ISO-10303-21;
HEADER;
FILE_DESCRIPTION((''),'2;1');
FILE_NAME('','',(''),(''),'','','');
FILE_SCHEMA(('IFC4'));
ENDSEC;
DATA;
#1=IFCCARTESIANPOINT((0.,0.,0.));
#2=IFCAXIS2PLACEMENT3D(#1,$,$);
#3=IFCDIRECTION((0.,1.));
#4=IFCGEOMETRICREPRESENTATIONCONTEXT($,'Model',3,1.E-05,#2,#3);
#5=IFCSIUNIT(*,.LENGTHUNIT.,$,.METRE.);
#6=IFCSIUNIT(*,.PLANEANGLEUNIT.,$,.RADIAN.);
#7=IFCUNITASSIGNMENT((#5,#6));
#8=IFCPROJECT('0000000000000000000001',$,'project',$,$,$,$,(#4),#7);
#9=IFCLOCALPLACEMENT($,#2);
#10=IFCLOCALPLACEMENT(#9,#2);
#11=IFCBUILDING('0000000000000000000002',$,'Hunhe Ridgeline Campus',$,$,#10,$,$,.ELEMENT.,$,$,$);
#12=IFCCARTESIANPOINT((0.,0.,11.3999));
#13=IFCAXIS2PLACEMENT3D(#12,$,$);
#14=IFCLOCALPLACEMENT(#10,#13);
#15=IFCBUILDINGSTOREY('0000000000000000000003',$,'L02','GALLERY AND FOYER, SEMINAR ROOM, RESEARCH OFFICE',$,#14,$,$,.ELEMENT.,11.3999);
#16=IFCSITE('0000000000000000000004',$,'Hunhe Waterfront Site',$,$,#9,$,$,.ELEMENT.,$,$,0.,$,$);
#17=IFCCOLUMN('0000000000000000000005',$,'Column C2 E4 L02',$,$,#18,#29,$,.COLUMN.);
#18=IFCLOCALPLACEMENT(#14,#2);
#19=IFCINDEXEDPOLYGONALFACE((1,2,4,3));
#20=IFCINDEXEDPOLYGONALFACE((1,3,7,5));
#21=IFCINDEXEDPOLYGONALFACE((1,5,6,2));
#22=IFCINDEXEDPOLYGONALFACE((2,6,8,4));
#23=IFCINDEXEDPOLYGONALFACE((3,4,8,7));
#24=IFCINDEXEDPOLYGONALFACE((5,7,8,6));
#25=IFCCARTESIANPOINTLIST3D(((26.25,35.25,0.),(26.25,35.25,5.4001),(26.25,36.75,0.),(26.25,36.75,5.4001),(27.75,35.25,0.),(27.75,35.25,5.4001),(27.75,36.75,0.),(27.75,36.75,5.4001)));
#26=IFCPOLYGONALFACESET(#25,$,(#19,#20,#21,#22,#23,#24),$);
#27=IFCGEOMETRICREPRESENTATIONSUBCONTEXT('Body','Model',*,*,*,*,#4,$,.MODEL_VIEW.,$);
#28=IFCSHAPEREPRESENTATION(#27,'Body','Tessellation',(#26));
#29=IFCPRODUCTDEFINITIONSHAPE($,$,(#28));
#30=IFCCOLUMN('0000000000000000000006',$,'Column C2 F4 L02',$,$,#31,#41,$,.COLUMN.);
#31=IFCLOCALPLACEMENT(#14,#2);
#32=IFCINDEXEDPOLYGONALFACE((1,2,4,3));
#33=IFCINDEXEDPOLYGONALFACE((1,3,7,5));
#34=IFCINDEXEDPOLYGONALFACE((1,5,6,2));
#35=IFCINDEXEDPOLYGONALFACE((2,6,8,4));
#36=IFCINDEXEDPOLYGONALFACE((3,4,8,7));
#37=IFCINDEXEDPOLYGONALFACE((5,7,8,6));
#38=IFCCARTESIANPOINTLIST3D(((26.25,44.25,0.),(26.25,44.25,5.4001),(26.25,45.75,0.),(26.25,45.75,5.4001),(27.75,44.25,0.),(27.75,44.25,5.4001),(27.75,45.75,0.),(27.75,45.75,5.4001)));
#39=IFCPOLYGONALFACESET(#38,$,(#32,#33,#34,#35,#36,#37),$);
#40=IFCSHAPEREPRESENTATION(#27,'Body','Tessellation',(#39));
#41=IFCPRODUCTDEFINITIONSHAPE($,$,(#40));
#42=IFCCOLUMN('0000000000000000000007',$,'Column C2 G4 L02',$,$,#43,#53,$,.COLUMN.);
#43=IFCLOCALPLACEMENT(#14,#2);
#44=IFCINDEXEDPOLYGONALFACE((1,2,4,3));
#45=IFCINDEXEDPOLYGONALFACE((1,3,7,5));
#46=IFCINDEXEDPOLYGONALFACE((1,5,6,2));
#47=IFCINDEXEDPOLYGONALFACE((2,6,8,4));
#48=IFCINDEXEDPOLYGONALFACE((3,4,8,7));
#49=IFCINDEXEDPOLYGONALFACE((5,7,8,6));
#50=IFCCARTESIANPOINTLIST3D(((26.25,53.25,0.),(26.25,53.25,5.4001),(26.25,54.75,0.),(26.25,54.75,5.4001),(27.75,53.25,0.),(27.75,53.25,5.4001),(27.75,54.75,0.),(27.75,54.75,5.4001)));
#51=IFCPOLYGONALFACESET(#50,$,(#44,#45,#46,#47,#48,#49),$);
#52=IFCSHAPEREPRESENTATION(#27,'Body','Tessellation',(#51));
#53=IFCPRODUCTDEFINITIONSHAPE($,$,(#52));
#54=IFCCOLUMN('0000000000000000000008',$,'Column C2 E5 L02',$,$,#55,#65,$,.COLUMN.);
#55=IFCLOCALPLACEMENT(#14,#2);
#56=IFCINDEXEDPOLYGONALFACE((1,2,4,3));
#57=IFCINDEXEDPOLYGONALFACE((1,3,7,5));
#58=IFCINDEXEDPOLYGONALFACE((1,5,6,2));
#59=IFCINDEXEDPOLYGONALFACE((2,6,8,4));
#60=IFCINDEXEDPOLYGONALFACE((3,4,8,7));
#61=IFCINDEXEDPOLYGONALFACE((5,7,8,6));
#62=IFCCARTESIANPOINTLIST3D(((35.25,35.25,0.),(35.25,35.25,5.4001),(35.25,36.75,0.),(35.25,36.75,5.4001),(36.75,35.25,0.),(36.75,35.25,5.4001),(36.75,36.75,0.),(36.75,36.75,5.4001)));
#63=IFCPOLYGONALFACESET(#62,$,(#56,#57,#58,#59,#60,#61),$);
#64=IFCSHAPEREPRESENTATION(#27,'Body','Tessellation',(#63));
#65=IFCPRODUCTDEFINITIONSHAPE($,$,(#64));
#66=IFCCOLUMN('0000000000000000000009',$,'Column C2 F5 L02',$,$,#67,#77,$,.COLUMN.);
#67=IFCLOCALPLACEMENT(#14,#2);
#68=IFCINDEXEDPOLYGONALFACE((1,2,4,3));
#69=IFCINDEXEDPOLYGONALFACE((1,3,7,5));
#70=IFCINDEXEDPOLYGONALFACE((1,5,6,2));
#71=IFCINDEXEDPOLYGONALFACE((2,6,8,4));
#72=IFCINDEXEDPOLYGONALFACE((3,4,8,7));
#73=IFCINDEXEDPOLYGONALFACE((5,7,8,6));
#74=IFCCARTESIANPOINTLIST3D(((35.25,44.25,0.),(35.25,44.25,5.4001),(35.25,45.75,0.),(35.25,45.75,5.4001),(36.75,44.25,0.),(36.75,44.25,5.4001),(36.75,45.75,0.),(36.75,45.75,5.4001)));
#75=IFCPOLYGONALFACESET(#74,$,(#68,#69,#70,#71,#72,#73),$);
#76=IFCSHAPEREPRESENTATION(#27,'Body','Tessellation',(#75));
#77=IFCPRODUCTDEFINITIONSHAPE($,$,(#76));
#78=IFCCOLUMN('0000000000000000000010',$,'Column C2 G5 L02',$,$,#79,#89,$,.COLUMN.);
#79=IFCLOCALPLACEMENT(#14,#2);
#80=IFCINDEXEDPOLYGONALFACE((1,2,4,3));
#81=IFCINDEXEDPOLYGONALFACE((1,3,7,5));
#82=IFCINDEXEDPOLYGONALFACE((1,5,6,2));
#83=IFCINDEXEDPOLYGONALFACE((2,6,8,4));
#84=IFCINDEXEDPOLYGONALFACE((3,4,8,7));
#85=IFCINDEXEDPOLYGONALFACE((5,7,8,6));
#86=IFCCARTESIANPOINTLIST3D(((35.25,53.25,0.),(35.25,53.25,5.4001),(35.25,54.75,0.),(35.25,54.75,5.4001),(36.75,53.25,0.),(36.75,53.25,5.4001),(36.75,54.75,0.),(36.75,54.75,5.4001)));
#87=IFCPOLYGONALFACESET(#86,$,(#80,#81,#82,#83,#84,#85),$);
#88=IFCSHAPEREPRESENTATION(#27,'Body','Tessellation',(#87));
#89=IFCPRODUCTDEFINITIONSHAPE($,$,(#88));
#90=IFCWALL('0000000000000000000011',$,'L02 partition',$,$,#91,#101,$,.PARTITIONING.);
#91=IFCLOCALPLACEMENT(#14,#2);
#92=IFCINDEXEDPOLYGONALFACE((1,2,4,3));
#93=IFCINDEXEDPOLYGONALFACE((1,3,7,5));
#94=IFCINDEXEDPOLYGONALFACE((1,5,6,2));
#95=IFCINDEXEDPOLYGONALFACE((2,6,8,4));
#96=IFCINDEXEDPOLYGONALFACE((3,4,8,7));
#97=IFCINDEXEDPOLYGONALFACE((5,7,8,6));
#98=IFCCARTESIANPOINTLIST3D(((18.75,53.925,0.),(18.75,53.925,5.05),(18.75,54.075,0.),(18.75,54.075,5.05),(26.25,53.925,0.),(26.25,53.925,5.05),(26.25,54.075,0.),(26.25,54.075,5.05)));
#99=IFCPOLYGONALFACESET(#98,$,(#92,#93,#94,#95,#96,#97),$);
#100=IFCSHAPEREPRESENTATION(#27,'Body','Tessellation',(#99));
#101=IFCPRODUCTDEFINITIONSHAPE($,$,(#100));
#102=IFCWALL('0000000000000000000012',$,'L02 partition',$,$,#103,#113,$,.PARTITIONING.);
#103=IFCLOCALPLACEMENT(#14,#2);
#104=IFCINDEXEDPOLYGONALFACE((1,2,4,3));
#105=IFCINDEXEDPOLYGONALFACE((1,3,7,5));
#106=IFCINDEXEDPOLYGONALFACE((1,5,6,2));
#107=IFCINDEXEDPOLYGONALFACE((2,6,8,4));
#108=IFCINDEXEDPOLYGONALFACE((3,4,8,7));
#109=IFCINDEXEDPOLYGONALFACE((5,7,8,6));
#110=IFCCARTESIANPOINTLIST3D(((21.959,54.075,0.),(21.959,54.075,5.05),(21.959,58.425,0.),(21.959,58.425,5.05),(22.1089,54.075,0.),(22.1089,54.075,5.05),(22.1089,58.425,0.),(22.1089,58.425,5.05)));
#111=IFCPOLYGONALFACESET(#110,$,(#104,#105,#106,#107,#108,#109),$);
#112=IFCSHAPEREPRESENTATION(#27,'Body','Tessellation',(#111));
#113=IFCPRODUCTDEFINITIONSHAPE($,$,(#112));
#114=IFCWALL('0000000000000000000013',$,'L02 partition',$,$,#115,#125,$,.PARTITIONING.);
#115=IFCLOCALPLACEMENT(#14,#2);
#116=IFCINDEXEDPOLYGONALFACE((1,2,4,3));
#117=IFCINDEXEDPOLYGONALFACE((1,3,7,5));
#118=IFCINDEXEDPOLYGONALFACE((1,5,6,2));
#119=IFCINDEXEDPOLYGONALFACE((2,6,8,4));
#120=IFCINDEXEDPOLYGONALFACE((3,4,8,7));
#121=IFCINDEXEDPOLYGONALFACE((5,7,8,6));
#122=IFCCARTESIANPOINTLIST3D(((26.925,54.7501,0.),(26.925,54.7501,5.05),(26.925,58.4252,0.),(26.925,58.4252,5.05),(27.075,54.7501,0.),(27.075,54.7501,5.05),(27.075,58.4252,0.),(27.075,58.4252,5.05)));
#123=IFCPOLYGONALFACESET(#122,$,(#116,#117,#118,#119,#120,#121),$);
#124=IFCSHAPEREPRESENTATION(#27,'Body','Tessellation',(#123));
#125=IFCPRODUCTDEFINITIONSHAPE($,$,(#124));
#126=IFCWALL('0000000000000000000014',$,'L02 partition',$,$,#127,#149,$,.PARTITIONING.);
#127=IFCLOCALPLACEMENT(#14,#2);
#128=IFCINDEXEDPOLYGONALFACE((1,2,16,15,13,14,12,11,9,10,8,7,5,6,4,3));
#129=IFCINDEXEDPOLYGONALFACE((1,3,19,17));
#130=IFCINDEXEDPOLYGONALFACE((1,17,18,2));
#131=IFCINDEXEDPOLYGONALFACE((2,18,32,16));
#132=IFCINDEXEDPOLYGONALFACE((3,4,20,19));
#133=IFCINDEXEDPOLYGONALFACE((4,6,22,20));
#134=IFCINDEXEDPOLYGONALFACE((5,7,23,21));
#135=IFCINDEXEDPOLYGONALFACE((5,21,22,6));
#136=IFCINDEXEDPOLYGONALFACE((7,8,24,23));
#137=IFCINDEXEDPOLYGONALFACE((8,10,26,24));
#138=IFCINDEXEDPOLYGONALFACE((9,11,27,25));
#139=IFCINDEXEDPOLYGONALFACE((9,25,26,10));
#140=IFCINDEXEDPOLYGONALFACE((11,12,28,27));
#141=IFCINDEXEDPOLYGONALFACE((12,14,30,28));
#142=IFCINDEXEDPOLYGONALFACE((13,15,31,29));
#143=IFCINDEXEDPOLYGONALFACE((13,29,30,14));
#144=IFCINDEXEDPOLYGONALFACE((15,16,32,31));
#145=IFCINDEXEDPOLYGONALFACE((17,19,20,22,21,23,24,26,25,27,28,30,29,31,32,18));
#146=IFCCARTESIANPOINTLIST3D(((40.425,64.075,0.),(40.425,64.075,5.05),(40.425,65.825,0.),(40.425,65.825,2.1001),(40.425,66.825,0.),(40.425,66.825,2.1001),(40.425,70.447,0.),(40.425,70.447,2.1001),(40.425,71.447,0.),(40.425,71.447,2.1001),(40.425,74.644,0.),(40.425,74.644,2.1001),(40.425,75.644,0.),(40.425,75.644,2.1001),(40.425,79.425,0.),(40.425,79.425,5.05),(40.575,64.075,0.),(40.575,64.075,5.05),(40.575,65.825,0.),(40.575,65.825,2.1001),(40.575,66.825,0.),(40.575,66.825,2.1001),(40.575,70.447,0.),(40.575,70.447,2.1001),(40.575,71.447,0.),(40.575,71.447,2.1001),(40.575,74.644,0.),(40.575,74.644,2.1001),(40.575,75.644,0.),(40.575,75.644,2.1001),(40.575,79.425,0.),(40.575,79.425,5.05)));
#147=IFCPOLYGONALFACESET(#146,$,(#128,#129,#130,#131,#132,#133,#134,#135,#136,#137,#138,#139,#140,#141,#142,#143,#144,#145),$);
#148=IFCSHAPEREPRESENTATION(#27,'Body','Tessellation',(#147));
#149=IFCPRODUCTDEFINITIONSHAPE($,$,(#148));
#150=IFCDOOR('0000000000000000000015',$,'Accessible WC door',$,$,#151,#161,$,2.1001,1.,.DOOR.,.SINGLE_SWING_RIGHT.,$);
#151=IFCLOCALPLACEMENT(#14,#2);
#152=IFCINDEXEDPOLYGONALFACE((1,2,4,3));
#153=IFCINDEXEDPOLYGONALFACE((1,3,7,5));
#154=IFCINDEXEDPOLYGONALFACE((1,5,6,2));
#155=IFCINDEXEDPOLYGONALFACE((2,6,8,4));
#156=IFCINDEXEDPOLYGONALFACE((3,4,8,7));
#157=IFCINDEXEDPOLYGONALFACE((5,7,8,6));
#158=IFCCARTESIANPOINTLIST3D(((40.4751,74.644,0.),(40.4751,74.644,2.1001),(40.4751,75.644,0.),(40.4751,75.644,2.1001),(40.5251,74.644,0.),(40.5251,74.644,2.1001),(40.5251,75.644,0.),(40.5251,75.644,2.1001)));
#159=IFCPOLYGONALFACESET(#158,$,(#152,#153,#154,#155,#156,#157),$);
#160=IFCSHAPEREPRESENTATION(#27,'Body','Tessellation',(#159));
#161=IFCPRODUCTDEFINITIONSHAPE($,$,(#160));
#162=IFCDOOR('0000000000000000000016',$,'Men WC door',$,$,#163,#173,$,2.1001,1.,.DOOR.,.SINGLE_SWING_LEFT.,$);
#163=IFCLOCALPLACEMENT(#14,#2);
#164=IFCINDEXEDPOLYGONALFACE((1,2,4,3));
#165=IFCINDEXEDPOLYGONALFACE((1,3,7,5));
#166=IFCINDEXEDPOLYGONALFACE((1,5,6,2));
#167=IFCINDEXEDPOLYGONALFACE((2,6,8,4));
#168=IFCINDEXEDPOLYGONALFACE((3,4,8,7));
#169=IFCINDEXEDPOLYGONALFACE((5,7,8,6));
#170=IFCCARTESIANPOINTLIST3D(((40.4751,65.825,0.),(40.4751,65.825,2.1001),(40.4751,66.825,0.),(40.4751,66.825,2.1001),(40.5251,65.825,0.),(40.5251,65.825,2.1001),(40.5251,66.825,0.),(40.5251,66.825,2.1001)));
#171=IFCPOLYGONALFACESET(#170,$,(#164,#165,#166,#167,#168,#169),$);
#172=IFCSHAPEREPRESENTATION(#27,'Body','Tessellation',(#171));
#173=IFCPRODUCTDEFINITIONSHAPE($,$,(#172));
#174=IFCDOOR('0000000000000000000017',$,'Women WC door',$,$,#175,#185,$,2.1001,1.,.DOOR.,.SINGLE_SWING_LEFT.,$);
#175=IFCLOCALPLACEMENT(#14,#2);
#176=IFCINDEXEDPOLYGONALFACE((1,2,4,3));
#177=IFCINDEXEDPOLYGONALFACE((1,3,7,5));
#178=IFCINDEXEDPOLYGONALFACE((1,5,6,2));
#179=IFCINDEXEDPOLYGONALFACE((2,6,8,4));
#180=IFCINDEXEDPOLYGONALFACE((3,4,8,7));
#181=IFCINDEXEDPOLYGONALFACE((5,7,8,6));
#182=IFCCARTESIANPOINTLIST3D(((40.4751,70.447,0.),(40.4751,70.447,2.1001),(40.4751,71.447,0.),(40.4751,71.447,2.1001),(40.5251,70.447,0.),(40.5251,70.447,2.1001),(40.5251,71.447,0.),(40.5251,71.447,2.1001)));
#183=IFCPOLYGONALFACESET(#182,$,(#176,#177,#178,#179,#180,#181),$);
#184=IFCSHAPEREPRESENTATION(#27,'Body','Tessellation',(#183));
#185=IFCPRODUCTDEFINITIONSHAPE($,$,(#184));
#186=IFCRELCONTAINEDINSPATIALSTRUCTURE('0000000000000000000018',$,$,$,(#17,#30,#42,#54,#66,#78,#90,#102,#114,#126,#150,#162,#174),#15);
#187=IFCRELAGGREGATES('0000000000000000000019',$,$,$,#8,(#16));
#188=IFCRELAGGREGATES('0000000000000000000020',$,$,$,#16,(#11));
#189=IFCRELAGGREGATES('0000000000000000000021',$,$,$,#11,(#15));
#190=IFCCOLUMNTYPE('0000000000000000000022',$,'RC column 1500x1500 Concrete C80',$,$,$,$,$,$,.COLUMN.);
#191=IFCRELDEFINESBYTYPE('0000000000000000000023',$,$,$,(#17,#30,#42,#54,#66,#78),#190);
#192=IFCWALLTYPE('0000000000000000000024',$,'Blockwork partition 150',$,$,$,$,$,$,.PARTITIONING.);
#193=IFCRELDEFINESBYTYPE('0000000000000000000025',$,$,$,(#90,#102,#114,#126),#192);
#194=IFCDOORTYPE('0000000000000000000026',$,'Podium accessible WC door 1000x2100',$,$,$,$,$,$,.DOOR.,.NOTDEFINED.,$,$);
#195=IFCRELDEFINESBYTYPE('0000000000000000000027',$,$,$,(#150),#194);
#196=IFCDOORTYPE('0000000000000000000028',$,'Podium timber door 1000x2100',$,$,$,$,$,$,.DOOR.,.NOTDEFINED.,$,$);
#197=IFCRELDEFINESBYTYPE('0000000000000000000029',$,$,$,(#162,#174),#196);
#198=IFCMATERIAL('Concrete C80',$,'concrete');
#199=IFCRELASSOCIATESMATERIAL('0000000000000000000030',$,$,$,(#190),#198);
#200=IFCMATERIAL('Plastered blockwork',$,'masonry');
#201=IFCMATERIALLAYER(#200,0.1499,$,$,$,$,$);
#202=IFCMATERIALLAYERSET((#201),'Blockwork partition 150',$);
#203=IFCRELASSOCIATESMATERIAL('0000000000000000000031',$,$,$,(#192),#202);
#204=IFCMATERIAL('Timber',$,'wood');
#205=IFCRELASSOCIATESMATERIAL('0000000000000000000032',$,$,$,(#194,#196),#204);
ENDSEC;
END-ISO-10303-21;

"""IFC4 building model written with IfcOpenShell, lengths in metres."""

from ifc_helpers import new_model, si_unit, direction, frame, frame_2d, origin, origin_2d, place, context, subcontext, project, spatial, rectangle, extrude, material, layer, layer_set, material_profile, profile_set, type_object, element, fill, save


model = new_model("IFC4")

# Units and contexts
model_context = context("Model", 3, precision=1e-05, world=origin(), true_north=direction((0.0, 1.0)))
body_context = subcontext(model_context, "Body", "Model", "MODEL_VIEW")
ifc_project = project(units=[si_unit("LENGTHUNIT", "METRE"), si_unit("PLANEANGLEUNIT", "RADIAN")], contexts=[model_context])

# Site, building, storey
site_placement = place(None, origin())
site = spatial("IfcSite", under=ifc_project, at=site_placement, Name="Hunhe Waterfront Site", CompositionType="ELEMENT", RefElevation=0.0)
building_placement = place(site_placement, origin())
building = spatial("IfcBuilding", under=site, at=building_placement, Name="Hunhe Ridgeline Campus", CompositionType="ELEMENT")
storey_placement = place(building_placement, frame((0.0, 0.0, 11.3999)))
storey = spatial("IfcBuildingStorey", under=building, at=storey_placement, Name="L02", Description="GALLERY AND FOYER, SEMINAR ROOM, RESEARCH OFFICE", CompositionType="ELEMENT", Elevation=11.3999)

# Columns
ifc_material_1 = material(Name="Concrete C80", Category="concrete")
ifc_material_profile = material_profile(ifc_material_1, rectangle(XDim=1.5, YDim=1.5, at=origin_2d()))
ifc_profile_set = profile_set([ifc_material_profile], Name="Concrete C80")
column_type = type_object("IfcColumnType", Name="RC column 1500x1500 Concrete C80", PredefinedType="COLUMN", material=ifc_profile_set)
for number, where, z_axis, x_axis, name in (
    (1, (27.0, 36.0, 0.0), (0.0, 0.0, 1.0), (1.0, 0.0, 0.0), "Column C2 E4 L02"),
    (2, (27.0, 45.0, 0.0), (0.0, 0.0, 1.0), (1.0, 0.0, 0.0), "Column C2 F4 L02"),
    (3, (27.0, 54.0, 0.0), (0.0, 0.0, 1.0), (1.0, 0.0, 0.0), "Column C2 G4 L02"),
    (4, (36.0, 36.0, 0.0), (0.0, 0.0, 1.0), (1.0, 0.0, 0.0), "Column C2 E5 L02"),
    (5, (36.0, 45.0, 0.0), (0.0, 0.0, 1.0), (1.0, 0.0, 0.0), "Column C2 F5 L02"),
    (6, (36.0, 54.0, 0.0), (0.0, 0.0, 1.0), (1.0, 0.0, 0.0), "Column C2 G5 L02"),
):
    element("IfcColumn", number, at=place(storey_placement, frame(where, z_axis=z_axis, x_axis=x_axis)), inside=storey, type_object=column_type, Name=name, PredefinedType="COLUMN", context=body_context, shape_type="SweptSolid", body=[
        extrude(rectangle(XDim=1.5, YDim=1.5, at=origin_2d()), origin(), (0.0, 0.0, 1.0), 5.4001),
    ])

# Walls
ifc_material_2 = material(Name="Plastered blockwork", Category="masonry")
ifc_layer_1 = layer(ifc_material_2, 0.1499)
ifc_layer_set_1 = layer_set([ifc_layer_1], Name="Blockwork partition 150")
wall_type_1 = type_object("IfcWallType", Name="Blockwork partition 150", PredefinedType="PARTITIONING", material=ifc_layer_set_1)
wall_1_placement = place(storey_placement, frame((26.25, 54.0, 0.0), z_axis=(0.0, 0.0, 1.0), x_axis=(-1.0, 0.0, 0.0)))
element("IfcWall", 7, at=wall_1_placement, inside=storey, type_object=wall_type_1, Name="L02 partition", PredefinedType="PARTITIONING", context=body_context, shape_type="SweptSolid", body=[
    extrude(rectangle(XDim=7.5, YDim=0.1499, at=frame_2d((3.75, 0.0))), origin(), (0.0, 0.0, 1.0), 5.05),
])
wall_2_placement = place(storey_placement, frame((22.0339, 54.075, 0.0), z_axis=(0.0, 0.0, 1.0), x_axis=(0.0, 1.0, 0.0)))
element("IfcWall", 8, at=wall_2_placement, inside=storey, type_object=wall_type_1, Name="L02 partition", PredefinedType="PARTITIONING", context=body_context, shape_type="SweptSolid", body=[
    extrude(rectangle(XDim=4.3501, YDim=0.1499, at=frame_2d((2.175, 0.0))), origin(), (0.0, 0.0, 1.0), 5.05),
])
wall_3_placement = place(storey_placement, frame((27.0, 58.425, 0.0), z_axis=(0.0, 0.0, 1.0), x_axis=(0.0, -1.0, 0.0)))
element("IfcWall", 9, at=wall_3_placement, inside=storey, type_object=wall_type_1, Name="L02 partition", PredefinedType="PARTITIONING", context=body_context, shape_type="SweptSolid", body=[
    extrude(rectangle(XDim=3.675, YDim=0.1499, at=frame_2d((1.8374, 0.0))), origin(), (0.0, 0.0, 1.0), 5.05),
])

# Wall, openings, doors
wall_4_placement = place(storey_placement, frame((40.5, 64.075, 0.0), z_axis=(0.0, 0.0, 1.0), x_axis=(0.0, 1.0, 0.0)))
wall_4 = element("IfcWall", 10, at=wall_4_placement, inside=storey, type_object=wall_type_1, Name="L02 partition", PredefinedType="PARTITIONING", context=body_context, shape_type="SweptSolid", body=[
    extrude(rectangle(XDim=15.3501, YDim=0.1499, at=frame_2d((7.675, 0.0))), origin(), (0.0, 0.0, 1.0), 5.05),
])
opening_1_placement = place(wall_4_placement, frame((1.75, 0.0, 0.0)))
opening_1 = element("IfcOpeningElement", 11, at=opening_1_placement, cuts=wall_4, PredefinedType="OPENING", context=body_context, shape_type="SweptSolid", body=[
    extrude(rectangle(XDim=1.0, YDim=2.1001, at=frame_2d((0.5, 1.05))), frame((0.0, 0.075, 0.0), z_axis=(0.0, -1.0, 0.0), x_axis=(1.0, 0.0, 0.0)), (0.0, 0.0, 1.0), 0.1499),
])
opening_2_placement = place(wall_4_placement, frame((6.3721, 0.0, 0.0)))
opening_2 = element("IfcOpeningElement", 12, at=opening_2_placement, cuts=wall_4, PredefinedType="OPENING", context=body_context, shape_type="SweptSolid", body=[
    extrude(rectangle(XDim=1.0, YDim=2.1001, at=frame_2d((0.5, 1.05))), frame((0.0, 0.075, 0.0), z_axis=(0.0, -1.0, 0.0), x_axis=(1.0, 0.0, 0.0)), (0.0, 0.0, 1.0), 0.1499),
])
opening_3_placement = place(wall_4_placement, frame((10.5691, 0.0, 0.0)))
opening_3 = element("IfcOpeningElement", 13, at=opening_3_placement, cuts=wall_4, PredefinedType="OPENING", context=body_context, shape_type="SweptSolid", body=[
    extrude(rectangle(XDim=1.0, YDim=2.1001, at=frame_2d((0.5, 1.05))), frame((0.0, 0.075, 0.0), z_axis=(0.0, -1.0, 0.0), x_axis=(1.0, 0.0, 0.0)), (0.0, 0.0, 1.0), 0.1499),
])
ifc_material_3 = material(Name="Timber", Category="wood")
door_type_1 = type_object("IfcDoorType", Name="Podium accessible WC door 1000x2100", OperationType="NOTDEFINED", PredefinedType="DOOR", material=ifc_material_3)
door_1_placement = place(opening_3_placement, origin())
door_1 = element("IfcDoor", 14, at=door_1_placement, inside=storey, type_object=door_type_1, Name="Accessible WC door", OperationType="SINGLE_SWING_RIGHT", OverallHeight=2.1001, OverallWidth=1.0, PredefinedType="DOOR", context=body_context, shape_type="SweptSolid", body=[
    extrude(rectangle(XDim=1.0, YDim=2.1001, at=frame_2d((0.5, 1.05))), frame((0.0, 0.0249, 0.0), z_axis=(0.0, -1.0, 0.0), x_axis=(1.0, 0.0, 0.0)), (0.0, 0.0, 1.0), 0.05),
])
fill(opening_3, door_1)
door_type_2 = type_object("IfcDoorType", Name="Podium timber door 1000x2100", OperationType="NOTDEFINED", PredefinedType="DOOR", material=ifc_material_3)
door_2_placement = place(opening_1_placement, origin())
door_2 = element("IfcDoor", 15, at=door_2_placement, inside=storey, type_object=door_type_2, Name="Men WC door", OperationType="SINGLE_SWING_LEFT", OverallHeight=2.1001, OverallWidth=1.0, PredefinedType="DOOR", context=body_context, shape_type="SweptSolid", body=[
    extrude(rectangle(XDim=1.0, YDim=2.1001, at=frame_2d((0.5, 1.05))), frame((0.0, 0.0249, 0.0), z_axis=(0.0, -1.0, 0.0), x_axis=(1.0, 0.0, 0.0)), (0.0, 0.0, 1.0), 0.05),
])
fill(opening_1, door_2)
door_3_placement = place(opening_2_placement, origin())
door_3 = element("IfcDoor", 16, at=door_3_placement, inside=storey, type_object=door_type_2, Name="Women WC door", OperationType="SINGLE_SWING_LEFT", OverallHeight=2.1001, OverallWidth=1.0, PredefinedType="DOOR", context=body_context, shape_type="SweptSolid", body=[
    extrude(rectangle(XDim=1.0, YDim=2.1001, at=frame_2d((0.5, 1.05))), frame((0.0, 0.0249, 0.0), z_axis=(0.0, -1.0, 0.0), x_axis=(1.0, 0.0, 0.0)), (0.0, 0.0, 1.0), 0.05),
])
fill(opening_2, door_3)

save(model, "model.ifc")
